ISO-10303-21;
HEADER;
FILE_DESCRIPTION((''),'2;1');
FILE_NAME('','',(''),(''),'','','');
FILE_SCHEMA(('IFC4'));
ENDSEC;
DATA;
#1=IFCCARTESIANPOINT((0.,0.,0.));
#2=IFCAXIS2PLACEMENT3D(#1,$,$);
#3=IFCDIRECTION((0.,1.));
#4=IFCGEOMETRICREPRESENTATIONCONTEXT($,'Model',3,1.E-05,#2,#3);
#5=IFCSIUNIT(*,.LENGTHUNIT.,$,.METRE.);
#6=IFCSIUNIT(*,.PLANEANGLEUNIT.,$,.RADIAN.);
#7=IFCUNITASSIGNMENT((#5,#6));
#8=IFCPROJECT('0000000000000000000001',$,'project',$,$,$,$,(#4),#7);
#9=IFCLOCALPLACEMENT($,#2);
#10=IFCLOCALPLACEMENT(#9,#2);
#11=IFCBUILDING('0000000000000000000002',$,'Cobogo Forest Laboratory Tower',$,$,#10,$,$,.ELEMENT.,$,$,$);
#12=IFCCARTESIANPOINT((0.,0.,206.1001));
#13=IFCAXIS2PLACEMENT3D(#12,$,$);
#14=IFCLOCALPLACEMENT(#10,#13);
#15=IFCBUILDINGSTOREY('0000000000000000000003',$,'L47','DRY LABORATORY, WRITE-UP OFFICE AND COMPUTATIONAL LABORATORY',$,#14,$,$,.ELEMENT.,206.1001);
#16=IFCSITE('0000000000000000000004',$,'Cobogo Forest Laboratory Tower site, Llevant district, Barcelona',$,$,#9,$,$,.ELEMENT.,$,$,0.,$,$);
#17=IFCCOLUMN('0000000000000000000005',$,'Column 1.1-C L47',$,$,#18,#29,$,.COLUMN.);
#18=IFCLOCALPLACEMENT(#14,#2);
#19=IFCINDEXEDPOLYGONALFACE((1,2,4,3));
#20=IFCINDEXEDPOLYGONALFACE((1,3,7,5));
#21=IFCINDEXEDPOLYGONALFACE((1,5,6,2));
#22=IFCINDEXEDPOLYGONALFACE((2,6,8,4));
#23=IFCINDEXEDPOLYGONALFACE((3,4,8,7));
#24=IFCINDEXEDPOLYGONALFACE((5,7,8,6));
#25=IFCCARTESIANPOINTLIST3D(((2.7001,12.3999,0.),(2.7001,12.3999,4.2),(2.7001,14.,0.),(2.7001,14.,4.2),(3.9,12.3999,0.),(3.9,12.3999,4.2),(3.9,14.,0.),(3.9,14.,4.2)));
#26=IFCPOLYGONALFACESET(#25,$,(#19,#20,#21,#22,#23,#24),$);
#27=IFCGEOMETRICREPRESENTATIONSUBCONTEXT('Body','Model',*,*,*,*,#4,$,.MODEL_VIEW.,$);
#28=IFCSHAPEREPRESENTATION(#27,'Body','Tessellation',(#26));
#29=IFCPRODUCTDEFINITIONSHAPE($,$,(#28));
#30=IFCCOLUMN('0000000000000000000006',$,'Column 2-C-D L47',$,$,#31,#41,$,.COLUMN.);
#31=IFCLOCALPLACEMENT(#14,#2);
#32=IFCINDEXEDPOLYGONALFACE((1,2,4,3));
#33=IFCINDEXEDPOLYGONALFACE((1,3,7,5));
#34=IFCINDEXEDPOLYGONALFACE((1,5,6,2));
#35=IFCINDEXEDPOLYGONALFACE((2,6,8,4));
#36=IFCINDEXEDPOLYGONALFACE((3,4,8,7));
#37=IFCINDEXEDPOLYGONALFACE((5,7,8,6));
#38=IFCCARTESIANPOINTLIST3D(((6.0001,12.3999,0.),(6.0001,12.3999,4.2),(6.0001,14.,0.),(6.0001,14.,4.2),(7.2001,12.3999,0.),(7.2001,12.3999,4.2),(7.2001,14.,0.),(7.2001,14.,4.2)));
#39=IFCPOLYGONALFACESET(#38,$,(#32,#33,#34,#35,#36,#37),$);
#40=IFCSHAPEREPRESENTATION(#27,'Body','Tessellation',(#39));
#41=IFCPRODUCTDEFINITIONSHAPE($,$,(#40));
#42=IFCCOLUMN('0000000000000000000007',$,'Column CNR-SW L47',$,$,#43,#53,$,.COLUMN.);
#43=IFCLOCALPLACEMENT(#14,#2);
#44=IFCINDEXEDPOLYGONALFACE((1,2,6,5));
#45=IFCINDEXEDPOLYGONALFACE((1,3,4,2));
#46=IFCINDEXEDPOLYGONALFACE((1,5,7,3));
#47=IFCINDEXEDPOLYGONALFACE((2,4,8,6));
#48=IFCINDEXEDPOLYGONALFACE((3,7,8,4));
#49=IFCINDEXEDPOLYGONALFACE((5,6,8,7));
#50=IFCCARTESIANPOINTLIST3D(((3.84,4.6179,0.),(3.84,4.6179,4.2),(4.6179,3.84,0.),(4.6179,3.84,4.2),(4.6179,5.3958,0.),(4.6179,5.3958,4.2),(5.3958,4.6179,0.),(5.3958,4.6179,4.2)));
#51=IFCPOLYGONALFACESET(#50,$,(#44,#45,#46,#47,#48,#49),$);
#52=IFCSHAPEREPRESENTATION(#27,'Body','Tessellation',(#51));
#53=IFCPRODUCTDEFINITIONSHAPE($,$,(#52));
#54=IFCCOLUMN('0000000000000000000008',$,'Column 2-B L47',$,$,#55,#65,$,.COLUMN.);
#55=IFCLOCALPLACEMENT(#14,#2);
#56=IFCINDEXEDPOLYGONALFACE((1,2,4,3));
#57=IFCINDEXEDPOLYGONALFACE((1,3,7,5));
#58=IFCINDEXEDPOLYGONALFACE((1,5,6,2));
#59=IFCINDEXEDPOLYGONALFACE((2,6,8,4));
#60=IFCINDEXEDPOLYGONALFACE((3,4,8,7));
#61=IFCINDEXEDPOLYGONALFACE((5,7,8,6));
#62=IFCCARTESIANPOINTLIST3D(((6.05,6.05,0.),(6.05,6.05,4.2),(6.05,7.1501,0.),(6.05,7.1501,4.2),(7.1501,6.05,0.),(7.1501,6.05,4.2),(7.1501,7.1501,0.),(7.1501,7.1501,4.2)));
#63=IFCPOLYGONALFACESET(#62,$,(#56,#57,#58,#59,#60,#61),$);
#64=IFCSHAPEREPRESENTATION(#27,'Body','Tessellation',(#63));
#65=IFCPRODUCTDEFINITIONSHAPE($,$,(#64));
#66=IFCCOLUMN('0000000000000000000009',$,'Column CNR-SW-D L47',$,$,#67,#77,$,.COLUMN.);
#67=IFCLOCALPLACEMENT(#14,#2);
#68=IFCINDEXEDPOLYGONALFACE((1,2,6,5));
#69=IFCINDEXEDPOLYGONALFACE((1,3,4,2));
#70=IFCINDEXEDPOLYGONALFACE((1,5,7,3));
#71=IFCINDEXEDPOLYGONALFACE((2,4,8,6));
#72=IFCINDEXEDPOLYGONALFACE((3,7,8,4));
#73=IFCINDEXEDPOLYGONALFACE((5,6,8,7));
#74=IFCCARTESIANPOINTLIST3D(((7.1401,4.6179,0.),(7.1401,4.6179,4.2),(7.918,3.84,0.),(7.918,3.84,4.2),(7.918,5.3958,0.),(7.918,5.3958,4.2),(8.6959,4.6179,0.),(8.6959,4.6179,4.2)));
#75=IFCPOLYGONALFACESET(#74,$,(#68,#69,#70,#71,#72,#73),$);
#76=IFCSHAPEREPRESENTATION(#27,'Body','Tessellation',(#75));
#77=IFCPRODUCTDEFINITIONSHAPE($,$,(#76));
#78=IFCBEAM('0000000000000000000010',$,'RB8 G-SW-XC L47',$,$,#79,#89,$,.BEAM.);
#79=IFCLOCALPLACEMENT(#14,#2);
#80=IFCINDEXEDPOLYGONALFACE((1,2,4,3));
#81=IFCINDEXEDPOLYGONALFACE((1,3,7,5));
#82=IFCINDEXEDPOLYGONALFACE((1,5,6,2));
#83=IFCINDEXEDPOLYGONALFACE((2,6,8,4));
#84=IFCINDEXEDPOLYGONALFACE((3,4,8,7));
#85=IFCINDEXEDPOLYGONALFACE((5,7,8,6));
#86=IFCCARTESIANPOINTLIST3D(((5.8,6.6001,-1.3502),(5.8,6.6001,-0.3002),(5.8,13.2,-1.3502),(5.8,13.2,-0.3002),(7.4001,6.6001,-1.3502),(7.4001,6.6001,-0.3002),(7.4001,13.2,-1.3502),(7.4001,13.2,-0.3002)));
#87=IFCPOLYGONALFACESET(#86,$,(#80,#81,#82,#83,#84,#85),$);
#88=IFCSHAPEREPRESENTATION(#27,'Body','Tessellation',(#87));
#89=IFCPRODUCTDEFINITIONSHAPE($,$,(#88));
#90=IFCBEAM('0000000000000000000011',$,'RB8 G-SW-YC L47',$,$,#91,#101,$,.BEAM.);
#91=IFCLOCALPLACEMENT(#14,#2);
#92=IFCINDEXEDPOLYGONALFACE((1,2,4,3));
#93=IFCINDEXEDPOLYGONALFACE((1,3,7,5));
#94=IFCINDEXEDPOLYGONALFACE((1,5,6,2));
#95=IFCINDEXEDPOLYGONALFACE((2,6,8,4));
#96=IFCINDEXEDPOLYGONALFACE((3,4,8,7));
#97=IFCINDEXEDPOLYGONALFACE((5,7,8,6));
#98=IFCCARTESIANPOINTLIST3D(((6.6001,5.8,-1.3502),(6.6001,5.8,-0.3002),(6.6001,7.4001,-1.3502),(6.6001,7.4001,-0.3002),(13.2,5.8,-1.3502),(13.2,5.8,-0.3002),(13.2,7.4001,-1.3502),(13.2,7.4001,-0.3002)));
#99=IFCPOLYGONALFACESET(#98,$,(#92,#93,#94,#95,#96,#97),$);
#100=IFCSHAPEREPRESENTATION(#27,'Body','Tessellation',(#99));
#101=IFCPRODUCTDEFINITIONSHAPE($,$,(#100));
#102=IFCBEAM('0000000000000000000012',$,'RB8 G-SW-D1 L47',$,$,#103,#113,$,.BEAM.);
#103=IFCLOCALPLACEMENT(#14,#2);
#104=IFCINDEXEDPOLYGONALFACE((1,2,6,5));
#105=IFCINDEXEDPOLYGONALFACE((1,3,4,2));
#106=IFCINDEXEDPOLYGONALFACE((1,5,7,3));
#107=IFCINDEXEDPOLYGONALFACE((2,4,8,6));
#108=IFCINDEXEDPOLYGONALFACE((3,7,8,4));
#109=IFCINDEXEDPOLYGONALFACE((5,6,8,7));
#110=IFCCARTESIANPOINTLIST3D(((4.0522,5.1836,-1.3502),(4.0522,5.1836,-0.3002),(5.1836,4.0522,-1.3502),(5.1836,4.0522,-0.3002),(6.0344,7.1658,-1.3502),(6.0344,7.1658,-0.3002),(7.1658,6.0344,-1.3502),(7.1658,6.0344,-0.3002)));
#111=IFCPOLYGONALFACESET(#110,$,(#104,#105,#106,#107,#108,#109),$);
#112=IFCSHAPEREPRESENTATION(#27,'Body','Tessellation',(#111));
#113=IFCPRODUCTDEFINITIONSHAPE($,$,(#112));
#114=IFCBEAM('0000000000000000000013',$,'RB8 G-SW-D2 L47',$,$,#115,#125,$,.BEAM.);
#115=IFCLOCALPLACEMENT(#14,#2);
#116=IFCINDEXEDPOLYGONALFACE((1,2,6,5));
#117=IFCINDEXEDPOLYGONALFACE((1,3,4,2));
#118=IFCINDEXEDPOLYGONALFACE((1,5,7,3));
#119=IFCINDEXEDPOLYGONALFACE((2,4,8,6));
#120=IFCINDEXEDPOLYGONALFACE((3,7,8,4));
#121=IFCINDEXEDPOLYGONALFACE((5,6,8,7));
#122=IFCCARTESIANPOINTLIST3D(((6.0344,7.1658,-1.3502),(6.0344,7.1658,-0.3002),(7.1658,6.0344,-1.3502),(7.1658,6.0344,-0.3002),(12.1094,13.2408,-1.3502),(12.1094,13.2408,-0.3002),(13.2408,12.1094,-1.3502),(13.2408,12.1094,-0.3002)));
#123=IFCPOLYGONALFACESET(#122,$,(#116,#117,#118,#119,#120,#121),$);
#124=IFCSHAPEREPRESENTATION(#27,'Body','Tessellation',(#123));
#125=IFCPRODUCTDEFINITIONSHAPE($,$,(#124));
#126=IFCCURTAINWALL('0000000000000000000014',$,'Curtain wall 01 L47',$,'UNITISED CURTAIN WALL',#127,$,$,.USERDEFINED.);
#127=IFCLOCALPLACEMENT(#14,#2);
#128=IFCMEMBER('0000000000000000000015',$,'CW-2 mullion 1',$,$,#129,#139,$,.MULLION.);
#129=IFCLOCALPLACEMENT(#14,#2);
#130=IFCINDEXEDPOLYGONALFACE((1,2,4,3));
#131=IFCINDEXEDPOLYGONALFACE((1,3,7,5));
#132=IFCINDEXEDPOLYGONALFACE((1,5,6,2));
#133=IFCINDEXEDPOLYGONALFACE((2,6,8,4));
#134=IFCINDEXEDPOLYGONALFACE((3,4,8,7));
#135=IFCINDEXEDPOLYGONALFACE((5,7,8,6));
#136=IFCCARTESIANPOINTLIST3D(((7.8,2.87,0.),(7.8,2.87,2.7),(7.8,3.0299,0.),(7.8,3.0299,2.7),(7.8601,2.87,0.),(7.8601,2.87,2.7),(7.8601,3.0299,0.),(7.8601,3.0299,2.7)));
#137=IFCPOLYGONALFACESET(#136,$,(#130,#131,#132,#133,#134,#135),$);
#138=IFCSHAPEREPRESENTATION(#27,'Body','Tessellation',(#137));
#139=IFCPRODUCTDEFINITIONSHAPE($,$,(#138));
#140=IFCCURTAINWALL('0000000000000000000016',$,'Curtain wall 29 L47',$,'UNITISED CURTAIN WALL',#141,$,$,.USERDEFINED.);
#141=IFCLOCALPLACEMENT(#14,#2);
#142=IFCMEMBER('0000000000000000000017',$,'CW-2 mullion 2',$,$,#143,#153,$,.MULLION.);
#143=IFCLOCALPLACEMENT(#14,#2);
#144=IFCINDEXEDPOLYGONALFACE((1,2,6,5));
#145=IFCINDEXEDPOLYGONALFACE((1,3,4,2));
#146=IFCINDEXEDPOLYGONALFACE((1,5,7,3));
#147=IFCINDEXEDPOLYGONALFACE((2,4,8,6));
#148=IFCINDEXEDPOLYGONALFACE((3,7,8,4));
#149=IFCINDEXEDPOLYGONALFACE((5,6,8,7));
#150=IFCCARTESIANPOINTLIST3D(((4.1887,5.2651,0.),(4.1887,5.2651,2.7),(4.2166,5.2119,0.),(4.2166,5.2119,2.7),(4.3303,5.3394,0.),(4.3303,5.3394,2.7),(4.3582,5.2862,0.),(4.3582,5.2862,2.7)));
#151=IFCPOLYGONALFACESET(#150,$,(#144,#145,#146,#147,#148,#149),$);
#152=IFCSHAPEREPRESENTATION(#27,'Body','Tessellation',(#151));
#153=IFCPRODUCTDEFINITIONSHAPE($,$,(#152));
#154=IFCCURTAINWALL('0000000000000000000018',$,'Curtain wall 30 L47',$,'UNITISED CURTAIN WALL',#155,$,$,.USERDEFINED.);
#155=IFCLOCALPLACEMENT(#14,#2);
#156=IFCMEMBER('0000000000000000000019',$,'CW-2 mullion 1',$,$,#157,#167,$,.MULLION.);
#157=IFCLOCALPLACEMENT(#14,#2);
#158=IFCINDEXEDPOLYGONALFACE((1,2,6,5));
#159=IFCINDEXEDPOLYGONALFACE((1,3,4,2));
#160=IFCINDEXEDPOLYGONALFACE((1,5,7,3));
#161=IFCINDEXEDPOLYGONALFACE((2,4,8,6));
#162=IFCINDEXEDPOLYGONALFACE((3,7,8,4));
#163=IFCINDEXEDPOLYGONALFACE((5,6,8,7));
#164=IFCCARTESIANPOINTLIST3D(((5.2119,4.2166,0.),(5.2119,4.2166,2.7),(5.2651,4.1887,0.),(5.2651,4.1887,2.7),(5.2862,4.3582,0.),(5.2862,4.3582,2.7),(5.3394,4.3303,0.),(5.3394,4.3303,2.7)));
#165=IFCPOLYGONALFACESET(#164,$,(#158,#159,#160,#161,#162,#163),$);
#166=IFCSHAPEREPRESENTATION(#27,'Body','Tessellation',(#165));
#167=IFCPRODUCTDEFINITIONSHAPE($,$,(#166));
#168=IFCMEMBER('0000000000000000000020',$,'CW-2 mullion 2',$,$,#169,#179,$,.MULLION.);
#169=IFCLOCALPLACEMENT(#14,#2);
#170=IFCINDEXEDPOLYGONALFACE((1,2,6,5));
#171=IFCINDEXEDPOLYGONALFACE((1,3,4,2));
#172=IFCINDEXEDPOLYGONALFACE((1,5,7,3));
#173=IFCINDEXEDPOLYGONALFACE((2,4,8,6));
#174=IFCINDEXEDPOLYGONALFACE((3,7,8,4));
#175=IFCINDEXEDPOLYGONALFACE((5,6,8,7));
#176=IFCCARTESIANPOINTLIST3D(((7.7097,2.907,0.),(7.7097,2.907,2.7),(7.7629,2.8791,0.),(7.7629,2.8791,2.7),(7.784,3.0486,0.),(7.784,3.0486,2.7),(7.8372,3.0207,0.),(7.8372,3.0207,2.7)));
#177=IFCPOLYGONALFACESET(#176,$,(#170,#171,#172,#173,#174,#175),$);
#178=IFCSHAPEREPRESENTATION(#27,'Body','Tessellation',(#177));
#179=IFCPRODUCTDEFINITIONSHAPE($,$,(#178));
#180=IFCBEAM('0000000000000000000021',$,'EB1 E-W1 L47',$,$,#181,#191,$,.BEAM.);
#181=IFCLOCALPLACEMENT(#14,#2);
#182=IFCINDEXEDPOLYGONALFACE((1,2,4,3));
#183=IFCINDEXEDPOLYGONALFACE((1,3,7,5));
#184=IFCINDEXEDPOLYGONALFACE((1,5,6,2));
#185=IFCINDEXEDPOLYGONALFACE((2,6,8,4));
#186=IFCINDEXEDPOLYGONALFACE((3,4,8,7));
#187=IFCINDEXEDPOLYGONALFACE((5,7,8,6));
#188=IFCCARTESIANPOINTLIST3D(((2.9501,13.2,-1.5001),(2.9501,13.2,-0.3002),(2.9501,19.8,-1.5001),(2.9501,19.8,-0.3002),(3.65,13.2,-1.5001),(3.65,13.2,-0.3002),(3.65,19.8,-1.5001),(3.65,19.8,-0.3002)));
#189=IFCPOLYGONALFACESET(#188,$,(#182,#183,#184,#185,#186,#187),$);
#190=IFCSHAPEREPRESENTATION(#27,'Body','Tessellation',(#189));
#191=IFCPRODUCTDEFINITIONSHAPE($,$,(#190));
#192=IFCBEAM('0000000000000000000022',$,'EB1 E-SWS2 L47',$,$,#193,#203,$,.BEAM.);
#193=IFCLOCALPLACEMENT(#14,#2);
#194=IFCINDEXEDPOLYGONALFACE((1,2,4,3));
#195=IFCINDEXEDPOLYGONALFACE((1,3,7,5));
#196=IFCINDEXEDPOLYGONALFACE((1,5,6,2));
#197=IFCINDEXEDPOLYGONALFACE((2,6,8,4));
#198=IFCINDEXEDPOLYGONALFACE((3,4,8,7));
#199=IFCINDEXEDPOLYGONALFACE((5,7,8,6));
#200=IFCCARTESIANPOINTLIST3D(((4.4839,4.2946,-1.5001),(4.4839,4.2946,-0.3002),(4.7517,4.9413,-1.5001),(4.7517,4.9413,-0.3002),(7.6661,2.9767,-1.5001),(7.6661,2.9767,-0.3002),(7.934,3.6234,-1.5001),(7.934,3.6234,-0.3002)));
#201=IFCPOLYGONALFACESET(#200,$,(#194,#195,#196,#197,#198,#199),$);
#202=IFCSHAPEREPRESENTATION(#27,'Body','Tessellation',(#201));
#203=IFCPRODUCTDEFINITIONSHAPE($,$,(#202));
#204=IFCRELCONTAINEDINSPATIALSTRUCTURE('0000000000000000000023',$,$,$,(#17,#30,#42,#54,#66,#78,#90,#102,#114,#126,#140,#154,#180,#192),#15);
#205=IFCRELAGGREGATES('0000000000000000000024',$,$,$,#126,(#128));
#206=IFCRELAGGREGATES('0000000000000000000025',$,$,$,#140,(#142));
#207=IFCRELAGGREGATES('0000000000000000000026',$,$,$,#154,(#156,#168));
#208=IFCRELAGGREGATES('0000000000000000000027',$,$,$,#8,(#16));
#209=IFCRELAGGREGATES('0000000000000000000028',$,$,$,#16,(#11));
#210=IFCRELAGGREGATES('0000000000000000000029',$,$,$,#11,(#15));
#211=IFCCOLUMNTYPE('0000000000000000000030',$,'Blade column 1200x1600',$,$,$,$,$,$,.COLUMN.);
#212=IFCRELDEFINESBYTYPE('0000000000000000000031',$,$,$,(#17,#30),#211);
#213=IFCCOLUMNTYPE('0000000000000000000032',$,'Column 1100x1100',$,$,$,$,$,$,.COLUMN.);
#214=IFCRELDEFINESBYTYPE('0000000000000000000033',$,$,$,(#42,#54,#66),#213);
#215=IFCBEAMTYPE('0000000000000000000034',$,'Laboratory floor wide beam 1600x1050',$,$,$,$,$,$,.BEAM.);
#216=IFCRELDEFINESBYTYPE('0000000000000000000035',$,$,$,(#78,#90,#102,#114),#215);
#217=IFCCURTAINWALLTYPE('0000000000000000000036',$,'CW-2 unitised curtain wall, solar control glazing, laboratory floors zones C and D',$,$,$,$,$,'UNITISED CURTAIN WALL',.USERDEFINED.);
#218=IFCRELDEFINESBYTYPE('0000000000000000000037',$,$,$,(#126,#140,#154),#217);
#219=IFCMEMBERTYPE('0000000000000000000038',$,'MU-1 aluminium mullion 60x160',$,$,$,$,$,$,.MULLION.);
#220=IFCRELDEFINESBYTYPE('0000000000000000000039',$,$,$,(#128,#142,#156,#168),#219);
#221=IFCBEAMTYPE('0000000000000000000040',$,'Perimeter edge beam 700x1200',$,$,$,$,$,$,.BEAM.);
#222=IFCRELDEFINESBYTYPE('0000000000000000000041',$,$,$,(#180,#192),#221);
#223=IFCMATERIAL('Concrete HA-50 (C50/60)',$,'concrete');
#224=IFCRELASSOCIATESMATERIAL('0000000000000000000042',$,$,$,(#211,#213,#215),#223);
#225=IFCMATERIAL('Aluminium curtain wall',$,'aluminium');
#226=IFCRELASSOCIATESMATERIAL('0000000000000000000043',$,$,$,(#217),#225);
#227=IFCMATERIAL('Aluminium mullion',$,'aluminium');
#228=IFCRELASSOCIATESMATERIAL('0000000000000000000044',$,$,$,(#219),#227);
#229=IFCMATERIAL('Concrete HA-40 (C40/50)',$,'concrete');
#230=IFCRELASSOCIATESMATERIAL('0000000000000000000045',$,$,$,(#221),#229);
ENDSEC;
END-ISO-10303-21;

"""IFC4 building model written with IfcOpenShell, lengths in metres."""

from ifc_helpers import new_model, si_unit, direction, frame, origin, origin_2d, place, context, subcontext, project, spatial, rectangle, extrude, material, material_profile, profile_set, type_object, element, aggregate, save


model = new_model("IFC4")

# Units and contexts
model_context = context("Model", 3, precision=1e-05, world=origin(), true_north=direction((0.0, 1.0)))
body_context = subcontext(model_context, "Body", "Model", "MODEL_VIEW")
ifc_project = project(units=[si_unit("LENGTHUNIT", "METRE"), si_unit("PLANEANGLEUNIT", "RADIAN")], contexts=[model_context])

# Site, building, storey
site_placement = place(None, origin())
site = spatial("IfcSite", under=ifc_project, at=site_placement, Name="Cobogo Forest Laboratory Tower site, Llevant district, Barcelona", CompositionType="ELEMENT", RefElevation=0.0)
building_placement = place(site_placement, origin())
building = spatial("IfcBuilding", under=site, at=building_placement, Name="Cobogo Forest Laboratory Tower", CompositionType="ELEMENT")
storey_placement = place(building_placement, frame((0.0, 0.0, 206.1001)))
storey = spatial("IfcBuildingStorey", under=building, at=storey_placement, Name="L47", Description="DRY LABORATORY, WRITE-UP OFFICE AND COMPUTATIONAL LABORATORY", CompositionType="ELEMENT", Elevation=206.1001)

# Columns
ifc_material_1 = material(Name="Concrete HA-50 (C50/60)", Category="concrete")
ifc_material_profile_1 = material_profile(ifc_material_1, rectangle(XDim=1.6001, YDim=1.2, at=origin_2d()), Name="RC 1200x1600")
ifc_profile_set_1 = profile_set([ifc_material_profile_1], Name="Concrete HA-50 (C50/60)")
column_type_1 = type_object("IfcColumnType", Name="Blade column 1200x1600", PredefinedType="COLUMN", material=ifc_profile_set_1)
for number, where, z_axis, x_axis, name in (
    (1, (3.3, 13.2, 0.0), (0.0, 0.0, 1.0), (0.0, 1.0, 0.0), "Column 1.1-C L47"),
    (2, (6.6001, 13.2, 0.0), (0.0, 0.0, 1.0), (0.0, 1.0, 0.0), "Column 2-C-D L47"),
):
    element("IfcColumn", number, at=place(storey_placement, frame(where, z_axis=z_axis, x_axis=x_axis)), inside=storey, type_object=column_type_1, Name=name, PredefinedType="COLUMN", context=body_context, shape_type="SweptSolid", body=[
        extrude(rectangle(XDim=1.6001, YDim=1.2, at=origin_2d()), origin(), (0.0, 0.0, 1.0), 4.2),
    ])
ifc_material_profile_2 = material_profile(ifc_material_1, rectangle(XDim=1.1001, YDim=1.1001, at=origin_2d()), Name="RC 1100x1100")
ifc_profile_set_2 = profile_set([ifc_material_profile_2], Name="Concrete HA-50 (C50/60)")
column_type_2 = type_object("IfcColumnType", Name="Column 1100x1100", PredefinedType="COLUMN", material=ifc_profile_set_2)
for number, where, z_axis, x_axis, name in (
    (3, (4.6179, 4.6179, 0.0), (0.0, 0.0, 1.0), (0.707107, 0.707107, 0.0), "Column CNR-SW L47"),
    (4, (6.6001, 6.6001, 0.0), (0.0, 0.0, 1.0), (1.0, 0.0, 0.0), "Column 2-B L47"),
    (5, (7.918, 4.6179, 0.0), (0.0, 0.0, 1.0), (0.707107, 0.707107, 0.0), "Column CNR-SW-D L47"),
):
    element("IfcColumn", number, at=place(storey_placement, frame(where, z_axis=z_axis, x_axis=x_axis)), inside=storey, type_object=column_type_2, Name=name, PredefinedType="COLUMN", context=body_context, shape_type="SweptSolid", body=[
        extrude(rectangle(XDim=1.1001, YDim=1.1001, at=origin_2d()), origin(), (0.0, 0.0, 1.0), 4.2),
    ])

# Beams
ifc_material_profile_3 = material_profile(ifc_material_1, rectangle(XDim=1.6001, YDim=1.05, at=origin_2d()), Name="RC 1600x1050")
ifc_profile_set_3 = profile_set([ifc_material_profile_3], Name="Concrete HA-50 (C50/60)")
beam_type_1 = type_object("IfcBeamType", Name="Laboratory floor wide beam 1600x1050", PredefinedType="BEAM", material=ifc_profile_set_3)
for number, where, z_axis, x_axis, name in (
    (6, (6.6001, 6.6001, -0.8252), (0.0, 1.0, 0.0), (-1.0, 0.0, 0.0), "RB8 G-SW-XC L47"),
    (7, (6.6001, 6.6001, -0.8252), (1.0, 0.0, 0.0), (0.0, 1.0, 0.0), "RB8 G-SW-YC L47"),
):
    element("IfcBeam", number, at=place(storey_placement, frame(where, z_axis=z_axis, x_axis=x_axis)), inside=storey, type_object=beam_type_1, Name=name, PredefinedType="BEAM", context=body_context, shape_type="SweptSolid", body=[
        extrude(rectangle(XDim=1.6001, YDim=1.05, at=origin_2d()), origin(), (0.0, 0.0, 1.0), 6.5999),
    ])
beam_1_placement = place(storey_placement, frame((4.6179, 4.6179, -0.8252), z_axis=(0.707107, 0.707107, 0.0), x_axis=(-0.707107, 0.707107, 0.0)))
element("IfcBeam", 8, at=beam_1_placement, inside=storey, type_object=beam_type_1, Name="RB8 G-SW-D1 L47", PredefinedType="BEAM", context=body_context, shape_type="SweptSolid", body=[
    extrude(rectangle(XDim=1.6001, YDim=1.05, at=origin_2d()), origin(), (0.0, 0.0, 1.0), 2.8032),
])
beam_2_placement = place(storey_placement, frame((6.6001, 6.6001, -0.8252), z_axis=(0.707107, 0.707107, 0.0), x_axis=(-0.707107, 0.707107, 0.0)))
element("IfcBeam", 9, at=beam_2_placement, inside=storey, type_object=beam_type_1, Name="RB8 G-SW-D2 L47", PredefinedType="BEAM", context=body_context, shape_type="SweptSolid", body=[
    extrude(rectangle(XDim=1.6001, YDim=1.05, at=origin_2d()), origin(), (0.0, 0.0, 1.0), 8.5913),
])

# Curtain walls, members
ifc_material_2 = material(Name="Aluminium curtain wall", Category="aluminium")
curtain_wall_type = type_object("IfcCurtainWallType", Name="CW-2 unitised curtain wall, solar control glazing, laboratory floors zones C and D", ElementType="UNITISED CURTAIN WALL", PredefinedType="USERDEFINED", material=ifc_material_2)
curtain_wall_1_placement = place(storey_placement, origin())
curtain_wall_1 = element("IfcCurtainWall", 10, at=curtain_wall_1_placement, inside=storey, type_object=curtain_wall_type, Name="Curtain wall 01 L47", ObjectType="UNITISED CURTAIN WALL", PredefinedType="USERDEFINED")
ifc_material_3 = material(Name="Aluminium mullion", Category="aluminium")
ifc_material_profile_4 = material_profile(ifc_material_3, rectangle(XDim=0.0601, YDim=0.1599, at=origin_2d()), Name="AL 60x160")
ifc_profile_set_4 = profile_set([ifc_material_profile_4], Name="Aluminium mullion")
member_type_1 = type_object("IfcMemberType", Name="MU-1 aluminium mullion 60x160", PredefinedType="MULLION", material=ifc_profile_set_4)
member_1_placement = place(storey_placement, frame((7.8301, 2.95, 0.0), z_axis=(0.0, 0.0, 1.0), x_axis=(1.0, 0.0, 0.0)))
member_1 = element("IfcMember", 11, at=member_1_placement, type_object=member_type_1, Name="CW-2 mullion 1", PredefinedType="MULLION", context=body_context, shape_type="SweptSolid", body=[
    extrude(rectangle(XDim=0.0601, YDim=0.1599, at=origin_2d()), origin(), (0.0, 0.0, 1.0), 2.7),
])
curtain_wall_2_placement = place(storey_placement, origin())
curtain_wall_2 = element("IfcCurtainWall", 12, at=curtain_wall_2_placement, inside=storey, type_object=curtain_wall_type, Name="Curtain wall 29 L47", ObjectType="UNITISED CURTAIN WALL", PredefinedType="USERDEFINED")
member_2_placement = place(storey_placement, frame((4.2734, 5.2756, 0.0), z_axis=(0.0, 0.0, 1.0), x_axis=(0.464284, -0.885686, 0.0)))
member_2 = element("IfcMember", 13, at=member_2_placement, type_object=member_type_1, Name="CW-2 mullion 2", PredefinedType="MULLION", context=body_context, shape_type="SweptSolid", body=[
    extrude(rectangle(XDim=0.0601, YDim=0.1599, at=origin_2d()), origin(), (0.0, 0.0, 1.0), 2.7),
])

# Curtain wall, members
curtain_wall_3_placement = place(storey_placement, origin())
curtain_wall_3 = element("IfcCurtainWall", 14, at=curtain_wall_3_placement, inside=storey, type_object=curtain_wall_type, Name="Curtain wall 30 L47", ObjectType="UNITISED CURTAIN WALL", PredefinedType="USERDEFINED")
member_3_placement = place(storey_placement, frame((5.2756, 4.2734, 0.0), z_axis=(0.0, 0.0, 1.0), x_axis=(0.885686, -0.464284, 0.0)))
member_3 = element("IfcMember", 15, at=member_3_placement, type_object=member_type_1, Name="CW-2 mullion 1", PredefinedType="MULLION", context=body_context, shape_type="SweptSolid", body=[
    extrude(rectangle(XDim=0.0601, YDim=0.1599, at=origin_2d()), origin(), (0.0, 0.0, 1.0), 2.7),
])
member_4_placement = place(storey_placement, frame((7.7734, 2.9639, 0.0), z_axis=(0.0, 0.0, 1.0), x_axis=(0.885686, -0.464284, 0.0)))
member_4 = element("IfcMember", 16, at=member_4_placement, type_object=member_type_1, Name="CW-2 mullion 2", PredefinedType="MULLION", context=body_context, shape_type="SweptSolid", body=[
    extrude(rectangle(XDim=0.0601, YDim=0.1599, at=origin_2d()), origin(), (0.0, 0.0, 1.0), 2.7),
])

# Beams
ifc_material_4 = material(Name="Concrete HA-40 (C40/50)", Category="concrete")
ifc_material_profile_5 = material_profile(ifc_material_4, rectangle(XDim=0.7, YDim=1.2, at=origin_2d()), Name="RC 700x1200")
ifc_profile_set_5 = profile_set([ifc_material_profile_5], Name="Concrete HA-40 (C40/50)")
beam_type_2 = type_object("IfcBeamType", Name="Perimeter edge beam 700x1200", PredefinedType="BEAM", material=ifc_profile_set_5)
beam_3_placement = place(storey_placement, frame((3.3, 13.2, -0.9001), z_axis=(0.0, 1.0, 0.0), x_axis=(-1.0, 0.0, 0.0)))
element("IfcBeam", 17, at=beam_3_placement, inside=storey, type_object=beam_type_2, Name="EB1 E-W1 L47", PredefinedType="BEAM", context=body_context, shape_type="SweptSolid", body=[
    extrude(rectangle(XDim=0.7, YDim=1.2, at=origin_2d()), origin(), (0.0, 0.0, 1.0), 6.6001),
])
beam_4_placement = place(storey_placement, frame((7.8, 3.3, -0.9001), z_axis=(-0.923901, 0.382631, 0.0), x_axis=(-0.382631, -0.923901, 0.0)))
element("IfcBeam", 18, at=beam_4_placement, inside=storey, type_object=beam_type_2, Name="EB1 E-SWS2 L47", PredefinedType="BEAM", context=body_context, shape_type="SweptSolid", body=[
    extrude(rectangle(XDim=0.7, YDim=1.2, at=origin_2d()), origin(), (0.0, 0.0, 1.0), 3.4443),
])

aggregate(curtain_wall_1, [member_1])
aggregate(curtain_wall_2, [member_2])
aggregate(curtain_wall_3, [member_3, member_4])

save(model, "model.ifc")
